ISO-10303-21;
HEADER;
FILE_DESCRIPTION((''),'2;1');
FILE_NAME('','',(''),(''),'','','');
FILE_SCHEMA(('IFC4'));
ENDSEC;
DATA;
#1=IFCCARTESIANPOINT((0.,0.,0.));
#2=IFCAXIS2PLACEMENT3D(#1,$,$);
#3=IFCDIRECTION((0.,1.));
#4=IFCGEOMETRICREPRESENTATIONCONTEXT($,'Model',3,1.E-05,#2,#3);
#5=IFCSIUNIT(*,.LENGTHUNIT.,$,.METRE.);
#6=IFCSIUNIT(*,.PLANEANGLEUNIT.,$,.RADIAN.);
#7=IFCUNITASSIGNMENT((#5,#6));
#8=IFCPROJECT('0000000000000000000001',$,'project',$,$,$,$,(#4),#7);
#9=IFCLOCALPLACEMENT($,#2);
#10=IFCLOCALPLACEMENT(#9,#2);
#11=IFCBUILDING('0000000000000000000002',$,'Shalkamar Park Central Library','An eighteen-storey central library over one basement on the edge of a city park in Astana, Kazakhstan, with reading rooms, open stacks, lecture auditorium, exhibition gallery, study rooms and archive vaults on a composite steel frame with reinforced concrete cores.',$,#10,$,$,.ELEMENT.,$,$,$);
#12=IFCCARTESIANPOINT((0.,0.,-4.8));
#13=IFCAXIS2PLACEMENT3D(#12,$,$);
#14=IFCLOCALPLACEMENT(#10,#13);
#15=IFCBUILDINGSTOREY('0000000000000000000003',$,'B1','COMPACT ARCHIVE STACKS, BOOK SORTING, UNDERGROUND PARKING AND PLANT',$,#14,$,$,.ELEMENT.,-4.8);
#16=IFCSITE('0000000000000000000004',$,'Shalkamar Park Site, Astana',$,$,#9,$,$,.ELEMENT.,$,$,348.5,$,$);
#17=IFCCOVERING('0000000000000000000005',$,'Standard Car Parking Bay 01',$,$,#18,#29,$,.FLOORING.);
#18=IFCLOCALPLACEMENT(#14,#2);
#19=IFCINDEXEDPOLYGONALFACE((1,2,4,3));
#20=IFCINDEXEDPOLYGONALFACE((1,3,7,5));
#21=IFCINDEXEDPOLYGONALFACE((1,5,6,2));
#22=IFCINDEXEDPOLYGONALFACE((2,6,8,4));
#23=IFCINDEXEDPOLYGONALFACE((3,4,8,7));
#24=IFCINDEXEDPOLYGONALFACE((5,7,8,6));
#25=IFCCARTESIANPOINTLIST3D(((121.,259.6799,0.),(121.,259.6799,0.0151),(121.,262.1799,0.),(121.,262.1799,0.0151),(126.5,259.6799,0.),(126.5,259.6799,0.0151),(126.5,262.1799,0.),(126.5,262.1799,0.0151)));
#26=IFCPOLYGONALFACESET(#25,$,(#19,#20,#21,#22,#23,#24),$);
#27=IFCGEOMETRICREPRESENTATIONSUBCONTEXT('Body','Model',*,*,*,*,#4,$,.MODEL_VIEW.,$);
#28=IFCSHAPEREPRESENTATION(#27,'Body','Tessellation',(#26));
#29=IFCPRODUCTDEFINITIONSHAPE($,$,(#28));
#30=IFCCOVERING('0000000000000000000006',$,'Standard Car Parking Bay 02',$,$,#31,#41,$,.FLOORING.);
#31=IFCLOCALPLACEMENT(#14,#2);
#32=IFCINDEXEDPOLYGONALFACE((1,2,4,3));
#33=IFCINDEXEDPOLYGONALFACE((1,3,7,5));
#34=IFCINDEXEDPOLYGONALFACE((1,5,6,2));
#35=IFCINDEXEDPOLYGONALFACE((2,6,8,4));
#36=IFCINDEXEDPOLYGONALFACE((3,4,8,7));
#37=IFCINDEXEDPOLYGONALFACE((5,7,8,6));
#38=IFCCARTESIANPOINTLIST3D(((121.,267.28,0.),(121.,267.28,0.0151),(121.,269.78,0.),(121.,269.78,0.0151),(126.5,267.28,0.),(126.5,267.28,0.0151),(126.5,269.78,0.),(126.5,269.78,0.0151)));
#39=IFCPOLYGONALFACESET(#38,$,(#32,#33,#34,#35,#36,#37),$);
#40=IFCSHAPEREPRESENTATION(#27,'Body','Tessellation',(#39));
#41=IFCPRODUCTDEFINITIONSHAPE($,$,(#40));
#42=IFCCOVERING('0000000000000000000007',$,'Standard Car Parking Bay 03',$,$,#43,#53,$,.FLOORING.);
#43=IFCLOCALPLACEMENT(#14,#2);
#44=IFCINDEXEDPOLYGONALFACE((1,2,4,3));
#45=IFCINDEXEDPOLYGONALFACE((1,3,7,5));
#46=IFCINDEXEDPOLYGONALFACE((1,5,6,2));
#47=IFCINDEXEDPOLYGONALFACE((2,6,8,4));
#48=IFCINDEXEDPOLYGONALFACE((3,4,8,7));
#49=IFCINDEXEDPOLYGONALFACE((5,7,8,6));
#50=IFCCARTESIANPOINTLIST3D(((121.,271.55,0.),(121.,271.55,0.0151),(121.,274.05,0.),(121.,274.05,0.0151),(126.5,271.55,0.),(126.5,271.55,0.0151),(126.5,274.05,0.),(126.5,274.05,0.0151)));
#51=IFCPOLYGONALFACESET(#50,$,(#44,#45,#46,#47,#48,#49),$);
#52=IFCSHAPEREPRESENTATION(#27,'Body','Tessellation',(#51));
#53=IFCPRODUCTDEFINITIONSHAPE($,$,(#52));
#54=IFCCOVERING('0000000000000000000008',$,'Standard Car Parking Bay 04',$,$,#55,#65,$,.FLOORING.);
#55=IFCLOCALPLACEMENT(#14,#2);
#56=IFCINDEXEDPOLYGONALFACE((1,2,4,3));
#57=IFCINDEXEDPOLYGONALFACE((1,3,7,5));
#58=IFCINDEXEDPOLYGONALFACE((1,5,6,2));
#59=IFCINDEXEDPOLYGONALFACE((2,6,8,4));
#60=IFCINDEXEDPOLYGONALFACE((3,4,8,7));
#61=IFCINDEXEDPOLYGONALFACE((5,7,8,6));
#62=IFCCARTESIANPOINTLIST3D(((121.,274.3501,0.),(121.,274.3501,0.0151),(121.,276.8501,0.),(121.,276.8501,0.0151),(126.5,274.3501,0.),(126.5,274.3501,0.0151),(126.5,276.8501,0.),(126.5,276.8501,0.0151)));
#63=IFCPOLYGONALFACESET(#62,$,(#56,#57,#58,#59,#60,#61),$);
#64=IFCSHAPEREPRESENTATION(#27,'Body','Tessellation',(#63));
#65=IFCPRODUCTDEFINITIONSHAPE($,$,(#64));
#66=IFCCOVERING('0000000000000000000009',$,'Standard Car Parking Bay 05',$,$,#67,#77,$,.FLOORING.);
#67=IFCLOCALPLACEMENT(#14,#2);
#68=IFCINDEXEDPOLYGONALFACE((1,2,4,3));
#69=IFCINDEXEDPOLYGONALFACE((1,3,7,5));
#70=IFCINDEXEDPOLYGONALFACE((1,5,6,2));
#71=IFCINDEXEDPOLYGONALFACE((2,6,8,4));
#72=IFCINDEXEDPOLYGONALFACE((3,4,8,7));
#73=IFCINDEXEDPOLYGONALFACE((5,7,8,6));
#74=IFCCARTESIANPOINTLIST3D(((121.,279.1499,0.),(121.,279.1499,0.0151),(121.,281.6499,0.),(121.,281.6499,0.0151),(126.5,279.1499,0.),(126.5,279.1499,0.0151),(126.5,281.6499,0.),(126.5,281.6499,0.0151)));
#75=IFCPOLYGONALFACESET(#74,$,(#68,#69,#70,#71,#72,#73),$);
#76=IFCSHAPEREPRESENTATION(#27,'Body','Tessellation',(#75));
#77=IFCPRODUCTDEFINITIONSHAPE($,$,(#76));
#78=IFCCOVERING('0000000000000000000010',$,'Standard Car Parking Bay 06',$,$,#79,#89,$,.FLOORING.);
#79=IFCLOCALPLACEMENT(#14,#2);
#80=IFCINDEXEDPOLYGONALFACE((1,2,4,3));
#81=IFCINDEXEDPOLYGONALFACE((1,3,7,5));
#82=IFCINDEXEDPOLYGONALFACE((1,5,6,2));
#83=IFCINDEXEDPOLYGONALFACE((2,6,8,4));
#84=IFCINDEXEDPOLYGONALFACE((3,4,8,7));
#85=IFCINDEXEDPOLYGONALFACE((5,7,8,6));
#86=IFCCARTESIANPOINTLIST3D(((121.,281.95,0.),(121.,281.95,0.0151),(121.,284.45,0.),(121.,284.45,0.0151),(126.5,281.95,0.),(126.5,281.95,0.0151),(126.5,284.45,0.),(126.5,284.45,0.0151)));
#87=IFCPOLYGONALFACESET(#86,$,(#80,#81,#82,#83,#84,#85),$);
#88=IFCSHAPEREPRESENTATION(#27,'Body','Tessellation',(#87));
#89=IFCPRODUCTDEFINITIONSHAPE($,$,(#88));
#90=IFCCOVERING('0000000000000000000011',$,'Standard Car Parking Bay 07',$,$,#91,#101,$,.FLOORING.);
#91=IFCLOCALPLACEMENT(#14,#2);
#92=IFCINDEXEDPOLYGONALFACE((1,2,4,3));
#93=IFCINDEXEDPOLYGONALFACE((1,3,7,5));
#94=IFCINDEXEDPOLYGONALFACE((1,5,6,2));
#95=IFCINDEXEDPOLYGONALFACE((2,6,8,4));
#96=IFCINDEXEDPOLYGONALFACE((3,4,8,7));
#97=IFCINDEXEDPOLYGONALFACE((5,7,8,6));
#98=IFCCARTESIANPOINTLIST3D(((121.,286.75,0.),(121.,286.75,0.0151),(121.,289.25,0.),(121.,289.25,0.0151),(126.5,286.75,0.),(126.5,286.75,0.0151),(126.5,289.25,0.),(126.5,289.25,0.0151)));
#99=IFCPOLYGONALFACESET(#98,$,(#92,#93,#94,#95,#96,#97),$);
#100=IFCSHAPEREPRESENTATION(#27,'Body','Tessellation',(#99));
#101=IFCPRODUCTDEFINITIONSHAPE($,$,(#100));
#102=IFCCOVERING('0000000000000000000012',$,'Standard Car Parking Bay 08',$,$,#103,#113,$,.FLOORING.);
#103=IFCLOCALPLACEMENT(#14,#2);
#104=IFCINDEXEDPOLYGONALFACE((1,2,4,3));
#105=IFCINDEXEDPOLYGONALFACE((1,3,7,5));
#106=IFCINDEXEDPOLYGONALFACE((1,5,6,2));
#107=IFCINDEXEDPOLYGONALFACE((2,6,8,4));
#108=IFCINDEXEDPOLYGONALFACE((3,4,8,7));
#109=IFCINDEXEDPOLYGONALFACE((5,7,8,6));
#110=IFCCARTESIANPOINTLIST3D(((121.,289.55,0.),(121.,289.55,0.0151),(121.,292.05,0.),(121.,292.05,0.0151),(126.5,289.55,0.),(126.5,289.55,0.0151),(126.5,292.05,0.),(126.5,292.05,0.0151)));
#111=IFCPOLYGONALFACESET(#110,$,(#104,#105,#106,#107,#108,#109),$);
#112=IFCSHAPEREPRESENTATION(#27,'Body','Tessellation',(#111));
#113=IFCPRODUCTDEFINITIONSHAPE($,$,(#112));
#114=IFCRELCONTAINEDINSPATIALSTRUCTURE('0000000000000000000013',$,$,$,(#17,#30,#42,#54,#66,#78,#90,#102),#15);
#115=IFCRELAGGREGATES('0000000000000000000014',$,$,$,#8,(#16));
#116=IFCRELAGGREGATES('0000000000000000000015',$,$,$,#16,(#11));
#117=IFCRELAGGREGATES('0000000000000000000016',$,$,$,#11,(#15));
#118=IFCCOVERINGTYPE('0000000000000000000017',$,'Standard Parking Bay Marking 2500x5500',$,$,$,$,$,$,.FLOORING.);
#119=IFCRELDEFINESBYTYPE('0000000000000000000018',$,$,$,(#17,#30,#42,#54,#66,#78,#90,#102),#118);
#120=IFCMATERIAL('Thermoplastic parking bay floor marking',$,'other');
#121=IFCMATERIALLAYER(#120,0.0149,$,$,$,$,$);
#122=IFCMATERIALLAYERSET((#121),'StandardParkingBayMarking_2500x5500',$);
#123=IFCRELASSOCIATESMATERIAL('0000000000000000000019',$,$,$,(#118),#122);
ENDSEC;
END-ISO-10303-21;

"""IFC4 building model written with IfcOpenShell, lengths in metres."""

from ifc_helpers import new_model, si_unit, direction, frame, origin, place, context, subcontext, project, spatial, polyline, outline, extrude, material, layer, layer_set, type_object, element, save


model = new_model("IFC4")

# Units and contexts
model_context = context("Model", 3, precision=1e-05, world=origin(), true_north=direction((0.0, 1.0)))
body_context = subcontext(model_context, "Body", "Model", "MODEL_VIEW")
ifc_project = project(units=[si_unit("LENGTHUNIT", "METRE"), si_unit("PLANEANGLEUNIT", "RADIAN")], contexts=[model_context])

# Site, building, storey
site_placement = place(None, origin())
site = spatial("IfcSite", under=ifc_project, at=site_placement, Name="Shalkamar Park Site, Astana", CompositionType="ELEMENT", RefElevation=348.5)
building_placement = place(site_placement, origin())
building = spatial("IfcBuilding", under=site, at=building_placement, Name="Shalkamar Park Central Library", Description="An eighteen-storey central library over one basement on the edge of a city park in Astana, Kazakhstan, with reading rooms, open stacks, lecture auditorium, exhibition gallery, study rooms and archive vaults on a composite steel frame with reinforced concrete cores.", CompositionType="ELEMENT")
storey_placement = place(building_placement, frame((0.0, 0.0, -4.8)))
storey = spatial("IfcBuildingStorey", under=building, at=storey_placement, Name="B1", Description="COMPACT ARCHIVE STACKS, BOOK SORTING, UNDERGROUND PARKING AND PLANT", CompositionType="ELEMENT", Elevation=-4.8)

# Coverings
ifc_material_1 = material(Name="Thermoplastic parking bay floor marking", Category="other")
ifc_layer_1 = layer(ifc_material_1, 0.0149)
ifc_layer_set_1 = layer_set([ifc_layer_1], Name="StandardParkingBayMarking_2500x5500")
covering_type_1 = type_object("IfcCoveringType", Name="Standard Parking Bay Marking 2500x5500", PredefinedType="FLOORING", material=ifc_layer_set_1)
covering_1_placement = place(storey_placement, origin())
element("IfcCovering", 1, at=covering_1_placement, inside=storey, type_object=covering_type_1, Name="Standard Car Parking Bay 01", PredefinedType="FLOORING", context=body_context, shape_type="SweptSolid", body=[
    extrude(outline(polyline([(121.0, 259.6799), (126.5, 259.6799), (126.5, 262.1799), (121.0, 262.1799), (121.0, 259.6799)])), origin(), (0.0, 0.0, 1.0), 0.0151),
])
covering_2_placement = place(storey_placement, origin())
element("IfcCovering", 2, at=covering_2_placement, inside=storey, type_object=covering_type_1, Name="Standard Car Parking Bay 02", PredefinedType="FLOORING", context=body_context, shape_type="SweptSolid", body=[
    extrude(outline(polyline([(121.0, 267.28), (126.5, 267.28), (126.5, 269.78), (121.0, 269.78), (121.0, 267.28)])), origin(), (0.0, 0.0, 1.0), 0.0151),
])
covering_3_placement = place(storey_placement, origin())
element("IfcCovering", 3, at=covering_3_placement, inside=storey, type_object=covering_type_1, Name="Standard Car Parking Bay 03", PredefinedType="FLOORING", context=body_context, shape_type="SweptSolid", body=[
    extrude(outline(polyline([(121.0, 271.55), (126.5, 271.55), (126.5, 274.05), (121.0, 274.05), (121.0, 271.55)])), origin(), (0.0, 0.0, 1.0), 0.0151),
])
covering_4_placement = place(storey_placement, origin())
element("IfcCovering", 4, at=covering_4_placement, inside=storey, type_object=covering_type_1, Name="Standard Car Parking Bay 04", PredefinedType="FLOORING", context=body_context, shape_type="SweptSolid", body=[
    extrude(outline(polyline([(121.0, 274.3501), (126.5, 274.3501), (126.5, 276.8501), (121.0, 276.8501), (121.0, 274.3501)])), origin(), (0.0, 0.0, 1.0), 0.0151),
])
covering_5_placement = place(storey_placement, origin())
element("IfcCovering", 5, at=covering_5_placement, inside=storey, type_object=covering_type_1, Name="Standard Car Parking Bay 05", PredefinedType="FLOORING", context=body_context, shape_type="SweptSolid", body=[
    extrude(outline(polyline([(121.0, 279.1499), (126.5, 279.1499), (126.5, 281.6499), (121.0, 281.6499), (121.0, 279.1499)])), origin(), (0.0, 0.0, 1.0), 0.0151),
])
covering_6_placement = place(storey_placement, origin())
element("IfcCovering", 6, at=covering_6_placement, inside=storey, type_object=covering_type_1, Name="Standard Car Parking Bay 06", PredefinedType="FLOORING", context=body_context, shape_type="SweptSolid", body=[
    extrude(outline(polyline([(121.0, 281.95), (126.5, 281.95), (126.5, 284.45), (121.0, 284.45), (121.0, 281.95)])), origin(), (0.0, 0.0, 1.0), 0.0151),
])
covering_7_placement = place(storey_placement, origin())
element("IfcCovering", 7, at=covering_7_placement, inside=storey, type_object=covering_type_1, Name="Standard Car Parking Bay 07", PredefinedType="FLOORING", context=body_context, shape_type="SweptSolid", body=[
    extrude(outline(polyline([(121.0, 286.75), (126.5, 286.75), (126.5, 289.25), (121.0, 289.25), (121.0, 286.75)])), origin(), (0.0, 0.0, 1.0), 0.0151),
])
covering_8_placement = place(storey_placement, origin())
element("IfcCovering", 8, at=covering_8_placement, inside=storey, type_object=covering_type_1, Name="Standard Car Parking Bay 08", PredefinedType="FLOORING", context=body_context, shape_type="SweptSolid", body=[
    extrude(outline(polyline([(121.0, 289.55), (126.5, 289.55), (126.5, 292.05), (121.0, 292.05), (121.0, 289.55)])), origin(), (0.0, 0.0, 1.0), 0.0151),
])

save(model, "model.ifc")
